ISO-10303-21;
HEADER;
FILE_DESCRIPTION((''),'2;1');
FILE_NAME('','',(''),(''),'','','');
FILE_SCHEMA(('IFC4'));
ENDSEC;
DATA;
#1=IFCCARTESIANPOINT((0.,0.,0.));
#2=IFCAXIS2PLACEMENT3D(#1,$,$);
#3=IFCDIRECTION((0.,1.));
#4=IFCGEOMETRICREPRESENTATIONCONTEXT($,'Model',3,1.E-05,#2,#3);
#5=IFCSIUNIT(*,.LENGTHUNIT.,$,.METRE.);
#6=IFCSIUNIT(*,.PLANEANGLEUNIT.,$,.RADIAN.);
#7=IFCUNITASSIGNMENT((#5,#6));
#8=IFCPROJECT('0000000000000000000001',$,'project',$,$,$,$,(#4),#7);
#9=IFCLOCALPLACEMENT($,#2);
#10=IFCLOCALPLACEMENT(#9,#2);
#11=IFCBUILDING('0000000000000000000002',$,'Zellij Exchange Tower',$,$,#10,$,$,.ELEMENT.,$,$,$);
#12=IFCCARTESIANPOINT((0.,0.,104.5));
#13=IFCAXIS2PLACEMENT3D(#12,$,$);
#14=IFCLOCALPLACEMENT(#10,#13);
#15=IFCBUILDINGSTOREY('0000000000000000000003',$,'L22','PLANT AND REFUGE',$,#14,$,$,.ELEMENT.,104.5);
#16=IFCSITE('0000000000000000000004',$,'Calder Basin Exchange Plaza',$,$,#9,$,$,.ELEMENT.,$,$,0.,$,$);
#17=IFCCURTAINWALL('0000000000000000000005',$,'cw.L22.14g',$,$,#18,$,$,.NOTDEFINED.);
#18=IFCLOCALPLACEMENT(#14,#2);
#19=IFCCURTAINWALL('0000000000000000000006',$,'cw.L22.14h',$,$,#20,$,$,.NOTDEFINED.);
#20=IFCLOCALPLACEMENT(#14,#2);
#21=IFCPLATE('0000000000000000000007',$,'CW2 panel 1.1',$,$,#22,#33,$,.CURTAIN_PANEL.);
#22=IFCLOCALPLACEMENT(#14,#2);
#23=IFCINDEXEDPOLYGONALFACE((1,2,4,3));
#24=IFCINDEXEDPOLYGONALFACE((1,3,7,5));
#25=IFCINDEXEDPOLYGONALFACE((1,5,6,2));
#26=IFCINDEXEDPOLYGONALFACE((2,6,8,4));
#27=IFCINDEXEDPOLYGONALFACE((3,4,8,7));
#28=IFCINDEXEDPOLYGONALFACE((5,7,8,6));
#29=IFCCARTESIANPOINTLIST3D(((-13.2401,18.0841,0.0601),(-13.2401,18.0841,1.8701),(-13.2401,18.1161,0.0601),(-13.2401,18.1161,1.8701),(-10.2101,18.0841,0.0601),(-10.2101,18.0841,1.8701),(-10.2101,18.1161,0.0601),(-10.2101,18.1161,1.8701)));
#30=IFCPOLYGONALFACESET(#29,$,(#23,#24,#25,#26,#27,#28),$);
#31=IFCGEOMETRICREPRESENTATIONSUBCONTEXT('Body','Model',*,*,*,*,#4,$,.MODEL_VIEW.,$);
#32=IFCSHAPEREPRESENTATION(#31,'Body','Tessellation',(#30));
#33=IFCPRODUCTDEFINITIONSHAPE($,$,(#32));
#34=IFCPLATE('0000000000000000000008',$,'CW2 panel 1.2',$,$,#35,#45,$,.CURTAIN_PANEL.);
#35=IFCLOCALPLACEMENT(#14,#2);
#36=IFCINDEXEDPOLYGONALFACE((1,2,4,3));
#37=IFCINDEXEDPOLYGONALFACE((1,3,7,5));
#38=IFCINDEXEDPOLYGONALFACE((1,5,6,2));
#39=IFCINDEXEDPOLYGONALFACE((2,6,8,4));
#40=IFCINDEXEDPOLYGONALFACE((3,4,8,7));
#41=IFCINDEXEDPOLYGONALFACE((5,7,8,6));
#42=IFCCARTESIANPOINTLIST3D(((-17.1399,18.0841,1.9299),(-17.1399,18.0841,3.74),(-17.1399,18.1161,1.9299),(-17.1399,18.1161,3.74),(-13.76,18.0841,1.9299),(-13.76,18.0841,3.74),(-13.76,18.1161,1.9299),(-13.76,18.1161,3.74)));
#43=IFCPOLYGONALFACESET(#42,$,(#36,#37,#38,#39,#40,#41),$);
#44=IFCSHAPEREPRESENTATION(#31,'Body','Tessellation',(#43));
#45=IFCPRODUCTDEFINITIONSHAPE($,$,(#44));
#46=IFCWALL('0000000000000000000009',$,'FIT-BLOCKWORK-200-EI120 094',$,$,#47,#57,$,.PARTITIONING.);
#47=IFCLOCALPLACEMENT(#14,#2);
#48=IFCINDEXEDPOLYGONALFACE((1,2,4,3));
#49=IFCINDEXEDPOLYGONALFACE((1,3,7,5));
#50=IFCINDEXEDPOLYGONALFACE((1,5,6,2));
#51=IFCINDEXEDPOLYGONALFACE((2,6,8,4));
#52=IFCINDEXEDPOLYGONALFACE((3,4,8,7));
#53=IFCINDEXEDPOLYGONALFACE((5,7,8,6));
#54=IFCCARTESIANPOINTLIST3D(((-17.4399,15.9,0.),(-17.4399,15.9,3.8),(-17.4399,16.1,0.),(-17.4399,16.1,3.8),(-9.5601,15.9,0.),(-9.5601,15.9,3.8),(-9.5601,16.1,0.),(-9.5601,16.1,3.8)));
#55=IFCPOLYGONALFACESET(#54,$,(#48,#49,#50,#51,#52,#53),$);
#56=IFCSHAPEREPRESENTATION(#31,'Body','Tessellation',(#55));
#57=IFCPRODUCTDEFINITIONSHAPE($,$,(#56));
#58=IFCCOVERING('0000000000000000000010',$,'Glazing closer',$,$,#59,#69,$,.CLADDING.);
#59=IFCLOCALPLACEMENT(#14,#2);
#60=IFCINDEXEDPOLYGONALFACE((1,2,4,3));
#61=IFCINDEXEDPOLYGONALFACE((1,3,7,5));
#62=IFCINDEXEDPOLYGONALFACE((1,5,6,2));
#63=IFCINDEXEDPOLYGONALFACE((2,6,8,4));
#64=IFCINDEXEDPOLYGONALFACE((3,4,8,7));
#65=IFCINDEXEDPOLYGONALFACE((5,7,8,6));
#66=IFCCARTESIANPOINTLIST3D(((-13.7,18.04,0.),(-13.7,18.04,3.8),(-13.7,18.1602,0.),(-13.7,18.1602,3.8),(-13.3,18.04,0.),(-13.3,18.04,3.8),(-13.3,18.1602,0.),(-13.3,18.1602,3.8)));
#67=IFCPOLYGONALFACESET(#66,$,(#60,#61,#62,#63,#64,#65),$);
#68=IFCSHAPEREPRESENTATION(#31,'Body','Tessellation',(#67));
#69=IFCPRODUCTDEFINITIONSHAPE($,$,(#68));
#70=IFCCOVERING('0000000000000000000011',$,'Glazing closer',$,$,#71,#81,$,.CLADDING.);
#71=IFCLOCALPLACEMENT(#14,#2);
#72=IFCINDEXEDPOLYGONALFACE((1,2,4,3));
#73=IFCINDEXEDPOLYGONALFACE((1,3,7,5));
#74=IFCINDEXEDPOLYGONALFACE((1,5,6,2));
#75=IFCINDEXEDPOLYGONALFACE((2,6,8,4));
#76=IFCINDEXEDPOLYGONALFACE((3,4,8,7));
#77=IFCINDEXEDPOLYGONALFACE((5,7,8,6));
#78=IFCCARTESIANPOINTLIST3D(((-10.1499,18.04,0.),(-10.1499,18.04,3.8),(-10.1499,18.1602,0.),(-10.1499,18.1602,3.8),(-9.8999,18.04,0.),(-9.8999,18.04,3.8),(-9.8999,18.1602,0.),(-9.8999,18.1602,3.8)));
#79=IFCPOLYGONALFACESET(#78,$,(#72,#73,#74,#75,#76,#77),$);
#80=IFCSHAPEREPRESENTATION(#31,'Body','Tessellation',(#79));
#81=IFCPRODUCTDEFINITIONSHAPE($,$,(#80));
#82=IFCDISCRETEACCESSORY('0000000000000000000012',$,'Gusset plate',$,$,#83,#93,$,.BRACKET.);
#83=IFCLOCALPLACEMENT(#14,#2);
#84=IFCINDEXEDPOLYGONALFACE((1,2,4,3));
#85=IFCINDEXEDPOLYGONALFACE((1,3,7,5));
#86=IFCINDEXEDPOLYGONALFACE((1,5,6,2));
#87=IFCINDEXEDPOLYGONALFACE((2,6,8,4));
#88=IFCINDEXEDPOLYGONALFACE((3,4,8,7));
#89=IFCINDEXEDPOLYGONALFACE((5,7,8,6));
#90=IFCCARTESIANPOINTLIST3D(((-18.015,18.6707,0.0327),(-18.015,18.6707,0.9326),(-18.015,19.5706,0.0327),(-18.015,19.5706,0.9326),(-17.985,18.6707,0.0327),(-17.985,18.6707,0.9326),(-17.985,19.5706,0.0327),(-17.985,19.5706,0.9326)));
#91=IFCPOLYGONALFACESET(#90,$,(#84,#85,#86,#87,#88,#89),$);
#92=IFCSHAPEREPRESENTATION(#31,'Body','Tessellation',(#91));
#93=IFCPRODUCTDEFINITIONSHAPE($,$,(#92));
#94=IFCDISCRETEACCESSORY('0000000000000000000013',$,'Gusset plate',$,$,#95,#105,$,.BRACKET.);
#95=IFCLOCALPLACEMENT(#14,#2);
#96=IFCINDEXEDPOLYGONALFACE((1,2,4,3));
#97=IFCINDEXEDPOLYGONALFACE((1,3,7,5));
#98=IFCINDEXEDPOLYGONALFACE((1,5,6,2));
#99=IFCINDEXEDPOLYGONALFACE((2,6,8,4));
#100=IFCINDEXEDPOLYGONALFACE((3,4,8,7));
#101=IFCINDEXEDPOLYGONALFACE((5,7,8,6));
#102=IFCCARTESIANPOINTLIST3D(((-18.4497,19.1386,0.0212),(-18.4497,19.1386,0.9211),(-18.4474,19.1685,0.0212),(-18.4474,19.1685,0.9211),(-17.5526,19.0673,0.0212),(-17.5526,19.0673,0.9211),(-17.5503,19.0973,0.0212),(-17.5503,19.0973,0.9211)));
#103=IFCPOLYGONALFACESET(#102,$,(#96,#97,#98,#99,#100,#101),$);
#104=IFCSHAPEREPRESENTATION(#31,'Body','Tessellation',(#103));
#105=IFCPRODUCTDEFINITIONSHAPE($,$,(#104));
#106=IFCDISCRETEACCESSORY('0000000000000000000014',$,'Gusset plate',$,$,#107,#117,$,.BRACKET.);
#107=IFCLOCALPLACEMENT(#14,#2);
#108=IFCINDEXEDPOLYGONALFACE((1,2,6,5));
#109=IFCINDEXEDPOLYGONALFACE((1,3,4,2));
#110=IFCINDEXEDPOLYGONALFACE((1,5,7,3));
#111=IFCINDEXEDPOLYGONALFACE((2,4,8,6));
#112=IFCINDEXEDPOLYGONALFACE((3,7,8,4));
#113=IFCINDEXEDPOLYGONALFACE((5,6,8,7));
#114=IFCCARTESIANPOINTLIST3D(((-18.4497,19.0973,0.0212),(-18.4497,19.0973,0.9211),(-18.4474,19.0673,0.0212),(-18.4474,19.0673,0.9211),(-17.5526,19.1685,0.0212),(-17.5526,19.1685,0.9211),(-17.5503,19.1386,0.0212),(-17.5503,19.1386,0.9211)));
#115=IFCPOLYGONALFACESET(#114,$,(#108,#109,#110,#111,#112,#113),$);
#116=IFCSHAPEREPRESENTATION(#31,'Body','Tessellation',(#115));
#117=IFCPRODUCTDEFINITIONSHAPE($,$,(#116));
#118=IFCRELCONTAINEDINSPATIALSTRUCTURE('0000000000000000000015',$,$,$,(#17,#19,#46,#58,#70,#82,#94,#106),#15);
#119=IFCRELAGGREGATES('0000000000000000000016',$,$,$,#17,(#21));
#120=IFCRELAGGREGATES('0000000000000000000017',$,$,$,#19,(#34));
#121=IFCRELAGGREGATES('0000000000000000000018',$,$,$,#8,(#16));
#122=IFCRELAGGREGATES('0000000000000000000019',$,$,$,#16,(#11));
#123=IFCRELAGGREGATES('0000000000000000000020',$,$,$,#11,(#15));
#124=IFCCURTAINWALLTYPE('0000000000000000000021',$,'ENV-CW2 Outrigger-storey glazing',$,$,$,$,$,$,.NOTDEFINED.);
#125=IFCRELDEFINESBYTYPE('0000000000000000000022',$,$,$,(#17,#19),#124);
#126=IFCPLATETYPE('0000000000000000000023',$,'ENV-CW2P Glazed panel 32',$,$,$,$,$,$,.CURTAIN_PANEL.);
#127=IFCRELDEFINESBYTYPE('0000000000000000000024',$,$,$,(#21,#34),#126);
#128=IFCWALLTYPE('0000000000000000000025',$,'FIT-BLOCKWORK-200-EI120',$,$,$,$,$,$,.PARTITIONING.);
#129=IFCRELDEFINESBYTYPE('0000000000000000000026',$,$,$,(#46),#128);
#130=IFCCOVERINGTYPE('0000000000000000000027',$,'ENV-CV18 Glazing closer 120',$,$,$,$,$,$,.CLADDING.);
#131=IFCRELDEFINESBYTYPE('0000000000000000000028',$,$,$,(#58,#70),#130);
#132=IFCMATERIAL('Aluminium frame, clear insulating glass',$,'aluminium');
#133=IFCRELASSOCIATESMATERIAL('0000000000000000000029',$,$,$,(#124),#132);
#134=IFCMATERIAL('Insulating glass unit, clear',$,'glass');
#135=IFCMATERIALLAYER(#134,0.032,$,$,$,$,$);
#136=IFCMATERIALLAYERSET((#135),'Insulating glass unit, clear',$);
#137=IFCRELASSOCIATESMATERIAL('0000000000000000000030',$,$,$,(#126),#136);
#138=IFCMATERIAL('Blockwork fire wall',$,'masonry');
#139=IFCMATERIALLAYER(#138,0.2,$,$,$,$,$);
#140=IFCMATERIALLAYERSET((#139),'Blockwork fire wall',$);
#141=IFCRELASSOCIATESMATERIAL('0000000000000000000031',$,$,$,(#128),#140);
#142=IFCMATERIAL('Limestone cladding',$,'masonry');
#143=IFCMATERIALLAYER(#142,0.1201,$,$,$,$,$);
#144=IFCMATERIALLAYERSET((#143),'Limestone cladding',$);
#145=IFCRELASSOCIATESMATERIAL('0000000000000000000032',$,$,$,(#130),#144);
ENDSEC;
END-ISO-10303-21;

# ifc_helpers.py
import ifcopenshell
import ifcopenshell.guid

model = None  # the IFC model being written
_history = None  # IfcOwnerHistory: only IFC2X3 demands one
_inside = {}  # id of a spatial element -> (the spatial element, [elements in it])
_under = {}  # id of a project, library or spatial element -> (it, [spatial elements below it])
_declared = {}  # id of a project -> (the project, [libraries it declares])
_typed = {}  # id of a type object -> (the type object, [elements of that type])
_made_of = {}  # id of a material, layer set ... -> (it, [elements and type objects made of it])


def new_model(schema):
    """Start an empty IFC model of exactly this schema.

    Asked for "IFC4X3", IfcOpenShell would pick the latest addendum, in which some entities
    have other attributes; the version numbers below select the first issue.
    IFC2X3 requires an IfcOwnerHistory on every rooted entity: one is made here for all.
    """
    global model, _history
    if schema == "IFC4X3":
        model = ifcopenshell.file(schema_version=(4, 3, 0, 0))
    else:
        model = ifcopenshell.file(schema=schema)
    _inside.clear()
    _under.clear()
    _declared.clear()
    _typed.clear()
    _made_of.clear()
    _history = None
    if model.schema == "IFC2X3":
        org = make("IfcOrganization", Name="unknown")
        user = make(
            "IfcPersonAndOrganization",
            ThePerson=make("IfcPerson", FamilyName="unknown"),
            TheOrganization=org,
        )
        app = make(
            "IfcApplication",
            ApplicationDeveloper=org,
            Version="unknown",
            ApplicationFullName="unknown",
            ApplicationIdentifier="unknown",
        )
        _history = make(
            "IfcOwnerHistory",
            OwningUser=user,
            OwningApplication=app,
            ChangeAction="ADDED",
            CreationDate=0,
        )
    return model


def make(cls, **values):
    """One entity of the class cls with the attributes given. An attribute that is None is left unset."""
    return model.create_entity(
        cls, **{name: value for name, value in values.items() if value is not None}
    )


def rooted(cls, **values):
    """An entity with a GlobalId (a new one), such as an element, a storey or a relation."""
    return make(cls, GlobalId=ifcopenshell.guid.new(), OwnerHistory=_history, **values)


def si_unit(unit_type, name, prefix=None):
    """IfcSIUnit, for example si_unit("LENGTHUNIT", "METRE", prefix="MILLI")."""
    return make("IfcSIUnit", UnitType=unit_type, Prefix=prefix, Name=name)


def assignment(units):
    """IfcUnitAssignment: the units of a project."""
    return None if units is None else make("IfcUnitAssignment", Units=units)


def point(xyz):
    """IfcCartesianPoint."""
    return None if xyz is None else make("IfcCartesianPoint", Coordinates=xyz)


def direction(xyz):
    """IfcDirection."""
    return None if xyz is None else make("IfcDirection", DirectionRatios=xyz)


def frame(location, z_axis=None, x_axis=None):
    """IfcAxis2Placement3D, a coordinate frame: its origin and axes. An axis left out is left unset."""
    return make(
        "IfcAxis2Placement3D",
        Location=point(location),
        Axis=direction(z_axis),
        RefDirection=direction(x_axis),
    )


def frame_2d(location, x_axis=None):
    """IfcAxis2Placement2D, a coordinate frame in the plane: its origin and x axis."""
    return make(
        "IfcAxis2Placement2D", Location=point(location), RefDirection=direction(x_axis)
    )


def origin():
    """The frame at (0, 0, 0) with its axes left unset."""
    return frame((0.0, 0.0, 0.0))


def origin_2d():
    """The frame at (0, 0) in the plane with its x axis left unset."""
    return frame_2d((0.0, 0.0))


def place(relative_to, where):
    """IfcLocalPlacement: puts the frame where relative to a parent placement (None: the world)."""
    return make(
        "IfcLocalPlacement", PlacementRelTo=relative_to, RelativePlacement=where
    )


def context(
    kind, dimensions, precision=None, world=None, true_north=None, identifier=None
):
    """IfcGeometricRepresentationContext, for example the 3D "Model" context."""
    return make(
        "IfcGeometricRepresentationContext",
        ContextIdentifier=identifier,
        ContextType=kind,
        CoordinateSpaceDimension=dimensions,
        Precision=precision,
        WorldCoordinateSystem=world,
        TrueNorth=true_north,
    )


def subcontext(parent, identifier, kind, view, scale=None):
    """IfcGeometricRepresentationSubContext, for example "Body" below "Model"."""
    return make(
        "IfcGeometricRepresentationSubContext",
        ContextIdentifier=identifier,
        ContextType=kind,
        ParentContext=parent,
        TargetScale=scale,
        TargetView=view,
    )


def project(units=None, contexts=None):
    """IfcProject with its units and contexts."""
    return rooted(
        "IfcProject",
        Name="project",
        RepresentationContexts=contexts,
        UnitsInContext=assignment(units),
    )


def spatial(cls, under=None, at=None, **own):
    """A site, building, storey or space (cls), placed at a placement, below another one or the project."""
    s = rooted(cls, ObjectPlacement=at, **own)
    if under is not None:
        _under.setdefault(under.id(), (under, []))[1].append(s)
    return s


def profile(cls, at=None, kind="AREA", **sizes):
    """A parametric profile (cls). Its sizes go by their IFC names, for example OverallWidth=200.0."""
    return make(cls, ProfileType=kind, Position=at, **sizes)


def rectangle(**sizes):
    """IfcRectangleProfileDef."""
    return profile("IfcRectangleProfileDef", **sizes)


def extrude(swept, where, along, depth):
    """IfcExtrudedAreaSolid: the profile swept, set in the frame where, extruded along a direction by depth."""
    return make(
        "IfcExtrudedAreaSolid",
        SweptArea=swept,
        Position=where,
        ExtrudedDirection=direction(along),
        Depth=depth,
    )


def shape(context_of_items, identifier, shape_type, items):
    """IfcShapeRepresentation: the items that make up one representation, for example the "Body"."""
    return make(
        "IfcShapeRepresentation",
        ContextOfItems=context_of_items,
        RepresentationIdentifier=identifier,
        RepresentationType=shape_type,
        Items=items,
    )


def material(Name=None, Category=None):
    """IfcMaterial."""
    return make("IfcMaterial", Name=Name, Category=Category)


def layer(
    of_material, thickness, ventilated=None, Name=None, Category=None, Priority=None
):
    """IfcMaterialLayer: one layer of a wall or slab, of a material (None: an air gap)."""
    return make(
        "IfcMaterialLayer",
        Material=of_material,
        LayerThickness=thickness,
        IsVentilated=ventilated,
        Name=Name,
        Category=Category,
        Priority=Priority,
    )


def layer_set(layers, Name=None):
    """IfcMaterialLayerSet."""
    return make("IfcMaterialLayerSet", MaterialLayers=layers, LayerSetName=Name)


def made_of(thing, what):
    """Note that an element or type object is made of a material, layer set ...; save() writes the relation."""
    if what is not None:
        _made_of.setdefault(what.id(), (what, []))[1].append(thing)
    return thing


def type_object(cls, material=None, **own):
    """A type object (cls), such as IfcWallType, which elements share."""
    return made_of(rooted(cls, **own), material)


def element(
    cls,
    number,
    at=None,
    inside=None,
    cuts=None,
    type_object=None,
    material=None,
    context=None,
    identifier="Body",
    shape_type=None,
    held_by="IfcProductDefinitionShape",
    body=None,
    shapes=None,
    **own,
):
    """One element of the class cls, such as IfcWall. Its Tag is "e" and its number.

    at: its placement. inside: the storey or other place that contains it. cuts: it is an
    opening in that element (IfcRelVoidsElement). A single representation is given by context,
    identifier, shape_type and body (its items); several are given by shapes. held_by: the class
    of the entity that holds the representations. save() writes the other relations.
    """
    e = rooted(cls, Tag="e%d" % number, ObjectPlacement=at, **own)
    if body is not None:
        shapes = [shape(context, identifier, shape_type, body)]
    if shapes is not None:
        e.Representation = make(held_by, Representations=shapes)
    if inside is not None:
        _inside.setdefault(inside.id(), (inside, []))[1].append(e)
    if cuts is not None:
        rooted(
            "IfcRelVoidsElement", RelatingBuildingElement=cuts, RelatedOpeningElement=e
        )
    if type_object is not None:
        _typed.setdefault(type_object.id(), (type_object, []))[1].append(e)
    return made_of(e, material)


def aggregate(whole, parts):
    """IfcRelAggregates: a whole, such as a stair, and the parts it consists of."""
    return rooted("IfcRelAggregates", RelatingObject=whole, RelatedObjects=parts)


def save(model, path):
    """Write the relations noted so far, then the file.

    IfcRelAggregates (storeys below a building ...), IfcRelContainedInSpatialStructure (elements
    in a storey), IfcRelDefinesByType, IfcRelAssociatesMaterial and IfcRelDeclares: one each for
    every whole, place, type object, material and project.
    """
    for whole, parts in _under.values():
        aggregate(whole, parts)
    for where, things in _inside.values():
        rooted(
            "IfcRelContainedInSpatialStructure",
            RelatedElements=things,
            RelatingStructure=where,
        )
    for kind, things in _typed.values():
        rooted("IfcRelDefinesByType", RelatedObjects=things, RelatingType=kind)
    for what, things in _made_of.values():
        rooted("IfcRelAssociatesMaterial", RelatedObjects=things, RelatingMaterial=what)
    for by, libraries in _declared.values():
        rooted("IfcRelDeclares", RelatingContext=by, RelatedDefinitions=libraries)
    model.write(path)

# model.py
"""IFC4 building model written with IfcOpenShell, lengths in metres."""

from ifc_helpers import new_model, si_unit, direction, frame, frame_2d, origin, origin_2d, place, context, subcontext, project, spatial, rectangle, extrude, material, layer, layer_set, type_object, element, aggregate, save


model = new_model("IFC4")

# Units and contexts
model_context = context("Model", 3, precision=1e-05, world=origin(), true_north=direction((0.0, 1.0)))
body_context = subcontext(model_context, "Body", "Model", "MODEL_VIEW")
ifc_project = project(units=[si_unit("LENGTHUNIT", "METRE"), si_unit("PLANEANGLEUNIT", "RADIAN")], contexts=[model_context])

# Site, building, storey
site_placement = place(None, origin())
site = spatial("IfcSite", under=ifc_project, at=site_placement, Name="Calder Basin Exchange Plaza", CompositionType="ELEMENT", RefElevation=0.0)
building_placement = place(site_placement, origin())
building = spatial("IfcBuilding", under=site, at=building_placement, Name="Zellij Exchange Tower", CompositionType="ELEMENT")
storey_placement = place(building_placement, frame((0.0, 0.0, 104.5)))
storey = spatial("IfcBuildingStorey", under=building, at=storey_placement, Name="L22", Description="PLANT AND REFUGE", CompositionType="ELEMENT", Elevation=104.5)

# Curtain walls
ifc_material_1 = material(Name="Aluminium frame, clear insulating glass", Category="aluminium")
curtain_wall_type = type_object("IfcCurtainWallType", Name="ENV-CW2 Outrigger-storey glazing", PredefinedType="NOTDEFINED", material=ifc_material_1)
curtain_wall_1_placement = place(storey_placement, origin())
curtain_wall_1 = element("IfcCurtainWall", 1, at=curtain_wall_1_placement, inside=storey, type_object=curtain_wall_type, Name="cw.L22.14g", PredefinedType="NOTDEFINED")
curtain_wall_2_placement = place(storey_placement, origin())
curtain_wall_2 = element("IfcCurtainWall", 2, at=curtain_wall_2_placement, inside=storey, type_object=curtain_wall_type, Name="cw.L22.14h", PredefinedType="NOTDEFINED")

# Plates
ifc_material_2 = material(Name="Insulating glass unit, clear", Category="glass")
ifc_layer_1 = layer(ifc_material_2, 0.032)
ifc_layer_set_1 = layer_set([ifc_layer_1], Name="Insulating glass unit, clear")
plate_type_1 = type_object("IfcPlateType", Name="ENV-CW2P Glazed panel 32", PredefinedType="CURTAIN_PANEL", material=ifc_layer_set_1)
plate_1_placement = place(storey_placement, frame((-11.7251, 18.1001, 0.0601), z_axis=(0.0, 0.0, 1.0), x_axis=(-1.0, 0.0, 0.0)))
plate_1 = element("IfcPlate", 3, at=plate_1_placement, type_object=plate_type_1, Name="CW2 panel 1.1", PredefinedType="CURTAIN_PANEL", context=body_context, shape_type="SweptSolid", body=[
    extrude(rectangle(XDim=3.03, YDim=0.032, at=origin_2d()), origin(), (0.0, 0.0, 1.0), 1.8101),
])
aggregate(curtain_wall_1, [plate_1])
plate_2_placement = place(storey_placement, frame((-15.45, 18.1001, 1.9299), z_axis=(0.0, 0.0, 1.0), x_axis=(-1.0, 0.0, 0.0)))
plate_2 = element("IfcPlate", 4, at=plate_2_placement, type_object=plate_type_1, Name="CW2 panel 1.2", PredefinedType="CURTAIN_PANEL", context=body_context, shape_type="SweptSolid", body=[
    extrude(rectangle(XDim=3.3799, YDim=0.032, at=origin_2d()), origin(), (0.0, 0.0, 1.0), 1.8101),
])
aggregate(curtain_wall_2, [plate_2])

# Wall
ifc_material_3 = material(Name="Blockwork fire wall", Category="masonry")
ifc_layer_2 = layer(ifc_material_3, 0.2)
ifc_layer_set_2 = layer_set([ifc_layer_2], Name="Blockwork fire wall")
wall_type = type_object("IfcWallType", Name="FIT-BLOCKWORK-200-EI120", PredefinedType="PARTITIONING", material=ifc_layer_set_2)
wall_placement = place(storey_placement, frame((-17.4399, 16.0, 0.0), z_axis=(0.0, 0.0, 1.0), x_axis=(1.0, 0.0, 0.0)))
element("IfcWall", 5, at=wall_placement, inside=storey, type_object=wall_type, Name="FIT-BLOCKWORK-200-EI120 094", PredefinedType="PARTITIONING", context=body_context, shape_type="SweptSolid", body=[
    extrude(rectangle(XDim=7.8799, YDim=0.2, at=frame_2d((3.9399, 0.0))), origin(), (0.0, 0.0, 1.0), 3.8),
])

# Coverings
ifc_material_4 = material(Name="Limestone cladding", Category="masonry")
ifc_layer_3 = layer(ifc_material_4, 0.1201)
ifc_layer_set_3 = layer_set([ifc_layer_3], Name="Limestone cladding")
covering_type = type_object("IfcCoveringType", Name="ENV-CV18 Glazing closer 120", PredefinedType="CLADDING", material=ifc_layer_set_3)
covering_1_placement = place(storey_placement, frame((-13.5, 18.1001, 0.0), z_axis=(0.0, 0.0, 1.0), x_axis=(-1.0, 0.0, 0.0)))
element("IfcCovering", 6, at=covering_1_placement, inside=storey, type_object=covering_type, Name="Glazing closer", PredefinedType="CLADDING", context=body_context, shape_type="SweptSolid", body=[
    extrude(rectangle(XDim=0.3999, YDim=0.1201, at=origin_2d()), origin(), (0.0, 0.0, 1.0), 3.8),
])
covering_2_placement = place(storey_placement, frame((-10.0249, 18.1001, 0.0), z_axis=(0.0, 0.0, 1.0), x_axis=(1.0, 0.0, 0.0)))
element("IfcCovering", 7, at=covering_2_placement, inside=storey, type_object=covering_type, Name="Glazing closer", PredefinedType="CLADDING", context=body_context, shape_type="SweptSolid", body=[
    extrude(rectangle(XDim=0.25, YDim=0.1201, at=origin_2d()), origin(), (0.0, 0.0, 1.0), 3.8),
])

# Discrete accessories
for number, where, z_axis, x_axis, name in (
    (8, (-18.0, 19.1206, 0.0327), (0.0, 0.0, 1.0), (0.0, 1.0, 0.0), "Gusset plate"),
    (9, (-18.0, 19.1179, 0.0212), (0.0, 0.0, 1.0), (0.996864, -0.079129, 0.0), "Gusset plate"),
    (10, (-18.0, 19.1179, 0.0212), (0.0, 0.0, 1.0), (0.996864, 0.079129, 0.0), "Gusset plate"),
):
    element("IfcDiscreteAccessory", number, at=place(storey_placement, frame(where, z_axis=z_axis, x_axis=x_axis)), inside=storey, Name=name, PredefinedType="BRACKET", context=body_context, shape_type="SweptSolid", body=[
        extrude(rectangle(XDim=0.8999, YDim=0.03, at=origin_2d()), origin(), (0.0, 0.0, 1.0), 0.8999),
    ])

save(model, "model.ifc")
